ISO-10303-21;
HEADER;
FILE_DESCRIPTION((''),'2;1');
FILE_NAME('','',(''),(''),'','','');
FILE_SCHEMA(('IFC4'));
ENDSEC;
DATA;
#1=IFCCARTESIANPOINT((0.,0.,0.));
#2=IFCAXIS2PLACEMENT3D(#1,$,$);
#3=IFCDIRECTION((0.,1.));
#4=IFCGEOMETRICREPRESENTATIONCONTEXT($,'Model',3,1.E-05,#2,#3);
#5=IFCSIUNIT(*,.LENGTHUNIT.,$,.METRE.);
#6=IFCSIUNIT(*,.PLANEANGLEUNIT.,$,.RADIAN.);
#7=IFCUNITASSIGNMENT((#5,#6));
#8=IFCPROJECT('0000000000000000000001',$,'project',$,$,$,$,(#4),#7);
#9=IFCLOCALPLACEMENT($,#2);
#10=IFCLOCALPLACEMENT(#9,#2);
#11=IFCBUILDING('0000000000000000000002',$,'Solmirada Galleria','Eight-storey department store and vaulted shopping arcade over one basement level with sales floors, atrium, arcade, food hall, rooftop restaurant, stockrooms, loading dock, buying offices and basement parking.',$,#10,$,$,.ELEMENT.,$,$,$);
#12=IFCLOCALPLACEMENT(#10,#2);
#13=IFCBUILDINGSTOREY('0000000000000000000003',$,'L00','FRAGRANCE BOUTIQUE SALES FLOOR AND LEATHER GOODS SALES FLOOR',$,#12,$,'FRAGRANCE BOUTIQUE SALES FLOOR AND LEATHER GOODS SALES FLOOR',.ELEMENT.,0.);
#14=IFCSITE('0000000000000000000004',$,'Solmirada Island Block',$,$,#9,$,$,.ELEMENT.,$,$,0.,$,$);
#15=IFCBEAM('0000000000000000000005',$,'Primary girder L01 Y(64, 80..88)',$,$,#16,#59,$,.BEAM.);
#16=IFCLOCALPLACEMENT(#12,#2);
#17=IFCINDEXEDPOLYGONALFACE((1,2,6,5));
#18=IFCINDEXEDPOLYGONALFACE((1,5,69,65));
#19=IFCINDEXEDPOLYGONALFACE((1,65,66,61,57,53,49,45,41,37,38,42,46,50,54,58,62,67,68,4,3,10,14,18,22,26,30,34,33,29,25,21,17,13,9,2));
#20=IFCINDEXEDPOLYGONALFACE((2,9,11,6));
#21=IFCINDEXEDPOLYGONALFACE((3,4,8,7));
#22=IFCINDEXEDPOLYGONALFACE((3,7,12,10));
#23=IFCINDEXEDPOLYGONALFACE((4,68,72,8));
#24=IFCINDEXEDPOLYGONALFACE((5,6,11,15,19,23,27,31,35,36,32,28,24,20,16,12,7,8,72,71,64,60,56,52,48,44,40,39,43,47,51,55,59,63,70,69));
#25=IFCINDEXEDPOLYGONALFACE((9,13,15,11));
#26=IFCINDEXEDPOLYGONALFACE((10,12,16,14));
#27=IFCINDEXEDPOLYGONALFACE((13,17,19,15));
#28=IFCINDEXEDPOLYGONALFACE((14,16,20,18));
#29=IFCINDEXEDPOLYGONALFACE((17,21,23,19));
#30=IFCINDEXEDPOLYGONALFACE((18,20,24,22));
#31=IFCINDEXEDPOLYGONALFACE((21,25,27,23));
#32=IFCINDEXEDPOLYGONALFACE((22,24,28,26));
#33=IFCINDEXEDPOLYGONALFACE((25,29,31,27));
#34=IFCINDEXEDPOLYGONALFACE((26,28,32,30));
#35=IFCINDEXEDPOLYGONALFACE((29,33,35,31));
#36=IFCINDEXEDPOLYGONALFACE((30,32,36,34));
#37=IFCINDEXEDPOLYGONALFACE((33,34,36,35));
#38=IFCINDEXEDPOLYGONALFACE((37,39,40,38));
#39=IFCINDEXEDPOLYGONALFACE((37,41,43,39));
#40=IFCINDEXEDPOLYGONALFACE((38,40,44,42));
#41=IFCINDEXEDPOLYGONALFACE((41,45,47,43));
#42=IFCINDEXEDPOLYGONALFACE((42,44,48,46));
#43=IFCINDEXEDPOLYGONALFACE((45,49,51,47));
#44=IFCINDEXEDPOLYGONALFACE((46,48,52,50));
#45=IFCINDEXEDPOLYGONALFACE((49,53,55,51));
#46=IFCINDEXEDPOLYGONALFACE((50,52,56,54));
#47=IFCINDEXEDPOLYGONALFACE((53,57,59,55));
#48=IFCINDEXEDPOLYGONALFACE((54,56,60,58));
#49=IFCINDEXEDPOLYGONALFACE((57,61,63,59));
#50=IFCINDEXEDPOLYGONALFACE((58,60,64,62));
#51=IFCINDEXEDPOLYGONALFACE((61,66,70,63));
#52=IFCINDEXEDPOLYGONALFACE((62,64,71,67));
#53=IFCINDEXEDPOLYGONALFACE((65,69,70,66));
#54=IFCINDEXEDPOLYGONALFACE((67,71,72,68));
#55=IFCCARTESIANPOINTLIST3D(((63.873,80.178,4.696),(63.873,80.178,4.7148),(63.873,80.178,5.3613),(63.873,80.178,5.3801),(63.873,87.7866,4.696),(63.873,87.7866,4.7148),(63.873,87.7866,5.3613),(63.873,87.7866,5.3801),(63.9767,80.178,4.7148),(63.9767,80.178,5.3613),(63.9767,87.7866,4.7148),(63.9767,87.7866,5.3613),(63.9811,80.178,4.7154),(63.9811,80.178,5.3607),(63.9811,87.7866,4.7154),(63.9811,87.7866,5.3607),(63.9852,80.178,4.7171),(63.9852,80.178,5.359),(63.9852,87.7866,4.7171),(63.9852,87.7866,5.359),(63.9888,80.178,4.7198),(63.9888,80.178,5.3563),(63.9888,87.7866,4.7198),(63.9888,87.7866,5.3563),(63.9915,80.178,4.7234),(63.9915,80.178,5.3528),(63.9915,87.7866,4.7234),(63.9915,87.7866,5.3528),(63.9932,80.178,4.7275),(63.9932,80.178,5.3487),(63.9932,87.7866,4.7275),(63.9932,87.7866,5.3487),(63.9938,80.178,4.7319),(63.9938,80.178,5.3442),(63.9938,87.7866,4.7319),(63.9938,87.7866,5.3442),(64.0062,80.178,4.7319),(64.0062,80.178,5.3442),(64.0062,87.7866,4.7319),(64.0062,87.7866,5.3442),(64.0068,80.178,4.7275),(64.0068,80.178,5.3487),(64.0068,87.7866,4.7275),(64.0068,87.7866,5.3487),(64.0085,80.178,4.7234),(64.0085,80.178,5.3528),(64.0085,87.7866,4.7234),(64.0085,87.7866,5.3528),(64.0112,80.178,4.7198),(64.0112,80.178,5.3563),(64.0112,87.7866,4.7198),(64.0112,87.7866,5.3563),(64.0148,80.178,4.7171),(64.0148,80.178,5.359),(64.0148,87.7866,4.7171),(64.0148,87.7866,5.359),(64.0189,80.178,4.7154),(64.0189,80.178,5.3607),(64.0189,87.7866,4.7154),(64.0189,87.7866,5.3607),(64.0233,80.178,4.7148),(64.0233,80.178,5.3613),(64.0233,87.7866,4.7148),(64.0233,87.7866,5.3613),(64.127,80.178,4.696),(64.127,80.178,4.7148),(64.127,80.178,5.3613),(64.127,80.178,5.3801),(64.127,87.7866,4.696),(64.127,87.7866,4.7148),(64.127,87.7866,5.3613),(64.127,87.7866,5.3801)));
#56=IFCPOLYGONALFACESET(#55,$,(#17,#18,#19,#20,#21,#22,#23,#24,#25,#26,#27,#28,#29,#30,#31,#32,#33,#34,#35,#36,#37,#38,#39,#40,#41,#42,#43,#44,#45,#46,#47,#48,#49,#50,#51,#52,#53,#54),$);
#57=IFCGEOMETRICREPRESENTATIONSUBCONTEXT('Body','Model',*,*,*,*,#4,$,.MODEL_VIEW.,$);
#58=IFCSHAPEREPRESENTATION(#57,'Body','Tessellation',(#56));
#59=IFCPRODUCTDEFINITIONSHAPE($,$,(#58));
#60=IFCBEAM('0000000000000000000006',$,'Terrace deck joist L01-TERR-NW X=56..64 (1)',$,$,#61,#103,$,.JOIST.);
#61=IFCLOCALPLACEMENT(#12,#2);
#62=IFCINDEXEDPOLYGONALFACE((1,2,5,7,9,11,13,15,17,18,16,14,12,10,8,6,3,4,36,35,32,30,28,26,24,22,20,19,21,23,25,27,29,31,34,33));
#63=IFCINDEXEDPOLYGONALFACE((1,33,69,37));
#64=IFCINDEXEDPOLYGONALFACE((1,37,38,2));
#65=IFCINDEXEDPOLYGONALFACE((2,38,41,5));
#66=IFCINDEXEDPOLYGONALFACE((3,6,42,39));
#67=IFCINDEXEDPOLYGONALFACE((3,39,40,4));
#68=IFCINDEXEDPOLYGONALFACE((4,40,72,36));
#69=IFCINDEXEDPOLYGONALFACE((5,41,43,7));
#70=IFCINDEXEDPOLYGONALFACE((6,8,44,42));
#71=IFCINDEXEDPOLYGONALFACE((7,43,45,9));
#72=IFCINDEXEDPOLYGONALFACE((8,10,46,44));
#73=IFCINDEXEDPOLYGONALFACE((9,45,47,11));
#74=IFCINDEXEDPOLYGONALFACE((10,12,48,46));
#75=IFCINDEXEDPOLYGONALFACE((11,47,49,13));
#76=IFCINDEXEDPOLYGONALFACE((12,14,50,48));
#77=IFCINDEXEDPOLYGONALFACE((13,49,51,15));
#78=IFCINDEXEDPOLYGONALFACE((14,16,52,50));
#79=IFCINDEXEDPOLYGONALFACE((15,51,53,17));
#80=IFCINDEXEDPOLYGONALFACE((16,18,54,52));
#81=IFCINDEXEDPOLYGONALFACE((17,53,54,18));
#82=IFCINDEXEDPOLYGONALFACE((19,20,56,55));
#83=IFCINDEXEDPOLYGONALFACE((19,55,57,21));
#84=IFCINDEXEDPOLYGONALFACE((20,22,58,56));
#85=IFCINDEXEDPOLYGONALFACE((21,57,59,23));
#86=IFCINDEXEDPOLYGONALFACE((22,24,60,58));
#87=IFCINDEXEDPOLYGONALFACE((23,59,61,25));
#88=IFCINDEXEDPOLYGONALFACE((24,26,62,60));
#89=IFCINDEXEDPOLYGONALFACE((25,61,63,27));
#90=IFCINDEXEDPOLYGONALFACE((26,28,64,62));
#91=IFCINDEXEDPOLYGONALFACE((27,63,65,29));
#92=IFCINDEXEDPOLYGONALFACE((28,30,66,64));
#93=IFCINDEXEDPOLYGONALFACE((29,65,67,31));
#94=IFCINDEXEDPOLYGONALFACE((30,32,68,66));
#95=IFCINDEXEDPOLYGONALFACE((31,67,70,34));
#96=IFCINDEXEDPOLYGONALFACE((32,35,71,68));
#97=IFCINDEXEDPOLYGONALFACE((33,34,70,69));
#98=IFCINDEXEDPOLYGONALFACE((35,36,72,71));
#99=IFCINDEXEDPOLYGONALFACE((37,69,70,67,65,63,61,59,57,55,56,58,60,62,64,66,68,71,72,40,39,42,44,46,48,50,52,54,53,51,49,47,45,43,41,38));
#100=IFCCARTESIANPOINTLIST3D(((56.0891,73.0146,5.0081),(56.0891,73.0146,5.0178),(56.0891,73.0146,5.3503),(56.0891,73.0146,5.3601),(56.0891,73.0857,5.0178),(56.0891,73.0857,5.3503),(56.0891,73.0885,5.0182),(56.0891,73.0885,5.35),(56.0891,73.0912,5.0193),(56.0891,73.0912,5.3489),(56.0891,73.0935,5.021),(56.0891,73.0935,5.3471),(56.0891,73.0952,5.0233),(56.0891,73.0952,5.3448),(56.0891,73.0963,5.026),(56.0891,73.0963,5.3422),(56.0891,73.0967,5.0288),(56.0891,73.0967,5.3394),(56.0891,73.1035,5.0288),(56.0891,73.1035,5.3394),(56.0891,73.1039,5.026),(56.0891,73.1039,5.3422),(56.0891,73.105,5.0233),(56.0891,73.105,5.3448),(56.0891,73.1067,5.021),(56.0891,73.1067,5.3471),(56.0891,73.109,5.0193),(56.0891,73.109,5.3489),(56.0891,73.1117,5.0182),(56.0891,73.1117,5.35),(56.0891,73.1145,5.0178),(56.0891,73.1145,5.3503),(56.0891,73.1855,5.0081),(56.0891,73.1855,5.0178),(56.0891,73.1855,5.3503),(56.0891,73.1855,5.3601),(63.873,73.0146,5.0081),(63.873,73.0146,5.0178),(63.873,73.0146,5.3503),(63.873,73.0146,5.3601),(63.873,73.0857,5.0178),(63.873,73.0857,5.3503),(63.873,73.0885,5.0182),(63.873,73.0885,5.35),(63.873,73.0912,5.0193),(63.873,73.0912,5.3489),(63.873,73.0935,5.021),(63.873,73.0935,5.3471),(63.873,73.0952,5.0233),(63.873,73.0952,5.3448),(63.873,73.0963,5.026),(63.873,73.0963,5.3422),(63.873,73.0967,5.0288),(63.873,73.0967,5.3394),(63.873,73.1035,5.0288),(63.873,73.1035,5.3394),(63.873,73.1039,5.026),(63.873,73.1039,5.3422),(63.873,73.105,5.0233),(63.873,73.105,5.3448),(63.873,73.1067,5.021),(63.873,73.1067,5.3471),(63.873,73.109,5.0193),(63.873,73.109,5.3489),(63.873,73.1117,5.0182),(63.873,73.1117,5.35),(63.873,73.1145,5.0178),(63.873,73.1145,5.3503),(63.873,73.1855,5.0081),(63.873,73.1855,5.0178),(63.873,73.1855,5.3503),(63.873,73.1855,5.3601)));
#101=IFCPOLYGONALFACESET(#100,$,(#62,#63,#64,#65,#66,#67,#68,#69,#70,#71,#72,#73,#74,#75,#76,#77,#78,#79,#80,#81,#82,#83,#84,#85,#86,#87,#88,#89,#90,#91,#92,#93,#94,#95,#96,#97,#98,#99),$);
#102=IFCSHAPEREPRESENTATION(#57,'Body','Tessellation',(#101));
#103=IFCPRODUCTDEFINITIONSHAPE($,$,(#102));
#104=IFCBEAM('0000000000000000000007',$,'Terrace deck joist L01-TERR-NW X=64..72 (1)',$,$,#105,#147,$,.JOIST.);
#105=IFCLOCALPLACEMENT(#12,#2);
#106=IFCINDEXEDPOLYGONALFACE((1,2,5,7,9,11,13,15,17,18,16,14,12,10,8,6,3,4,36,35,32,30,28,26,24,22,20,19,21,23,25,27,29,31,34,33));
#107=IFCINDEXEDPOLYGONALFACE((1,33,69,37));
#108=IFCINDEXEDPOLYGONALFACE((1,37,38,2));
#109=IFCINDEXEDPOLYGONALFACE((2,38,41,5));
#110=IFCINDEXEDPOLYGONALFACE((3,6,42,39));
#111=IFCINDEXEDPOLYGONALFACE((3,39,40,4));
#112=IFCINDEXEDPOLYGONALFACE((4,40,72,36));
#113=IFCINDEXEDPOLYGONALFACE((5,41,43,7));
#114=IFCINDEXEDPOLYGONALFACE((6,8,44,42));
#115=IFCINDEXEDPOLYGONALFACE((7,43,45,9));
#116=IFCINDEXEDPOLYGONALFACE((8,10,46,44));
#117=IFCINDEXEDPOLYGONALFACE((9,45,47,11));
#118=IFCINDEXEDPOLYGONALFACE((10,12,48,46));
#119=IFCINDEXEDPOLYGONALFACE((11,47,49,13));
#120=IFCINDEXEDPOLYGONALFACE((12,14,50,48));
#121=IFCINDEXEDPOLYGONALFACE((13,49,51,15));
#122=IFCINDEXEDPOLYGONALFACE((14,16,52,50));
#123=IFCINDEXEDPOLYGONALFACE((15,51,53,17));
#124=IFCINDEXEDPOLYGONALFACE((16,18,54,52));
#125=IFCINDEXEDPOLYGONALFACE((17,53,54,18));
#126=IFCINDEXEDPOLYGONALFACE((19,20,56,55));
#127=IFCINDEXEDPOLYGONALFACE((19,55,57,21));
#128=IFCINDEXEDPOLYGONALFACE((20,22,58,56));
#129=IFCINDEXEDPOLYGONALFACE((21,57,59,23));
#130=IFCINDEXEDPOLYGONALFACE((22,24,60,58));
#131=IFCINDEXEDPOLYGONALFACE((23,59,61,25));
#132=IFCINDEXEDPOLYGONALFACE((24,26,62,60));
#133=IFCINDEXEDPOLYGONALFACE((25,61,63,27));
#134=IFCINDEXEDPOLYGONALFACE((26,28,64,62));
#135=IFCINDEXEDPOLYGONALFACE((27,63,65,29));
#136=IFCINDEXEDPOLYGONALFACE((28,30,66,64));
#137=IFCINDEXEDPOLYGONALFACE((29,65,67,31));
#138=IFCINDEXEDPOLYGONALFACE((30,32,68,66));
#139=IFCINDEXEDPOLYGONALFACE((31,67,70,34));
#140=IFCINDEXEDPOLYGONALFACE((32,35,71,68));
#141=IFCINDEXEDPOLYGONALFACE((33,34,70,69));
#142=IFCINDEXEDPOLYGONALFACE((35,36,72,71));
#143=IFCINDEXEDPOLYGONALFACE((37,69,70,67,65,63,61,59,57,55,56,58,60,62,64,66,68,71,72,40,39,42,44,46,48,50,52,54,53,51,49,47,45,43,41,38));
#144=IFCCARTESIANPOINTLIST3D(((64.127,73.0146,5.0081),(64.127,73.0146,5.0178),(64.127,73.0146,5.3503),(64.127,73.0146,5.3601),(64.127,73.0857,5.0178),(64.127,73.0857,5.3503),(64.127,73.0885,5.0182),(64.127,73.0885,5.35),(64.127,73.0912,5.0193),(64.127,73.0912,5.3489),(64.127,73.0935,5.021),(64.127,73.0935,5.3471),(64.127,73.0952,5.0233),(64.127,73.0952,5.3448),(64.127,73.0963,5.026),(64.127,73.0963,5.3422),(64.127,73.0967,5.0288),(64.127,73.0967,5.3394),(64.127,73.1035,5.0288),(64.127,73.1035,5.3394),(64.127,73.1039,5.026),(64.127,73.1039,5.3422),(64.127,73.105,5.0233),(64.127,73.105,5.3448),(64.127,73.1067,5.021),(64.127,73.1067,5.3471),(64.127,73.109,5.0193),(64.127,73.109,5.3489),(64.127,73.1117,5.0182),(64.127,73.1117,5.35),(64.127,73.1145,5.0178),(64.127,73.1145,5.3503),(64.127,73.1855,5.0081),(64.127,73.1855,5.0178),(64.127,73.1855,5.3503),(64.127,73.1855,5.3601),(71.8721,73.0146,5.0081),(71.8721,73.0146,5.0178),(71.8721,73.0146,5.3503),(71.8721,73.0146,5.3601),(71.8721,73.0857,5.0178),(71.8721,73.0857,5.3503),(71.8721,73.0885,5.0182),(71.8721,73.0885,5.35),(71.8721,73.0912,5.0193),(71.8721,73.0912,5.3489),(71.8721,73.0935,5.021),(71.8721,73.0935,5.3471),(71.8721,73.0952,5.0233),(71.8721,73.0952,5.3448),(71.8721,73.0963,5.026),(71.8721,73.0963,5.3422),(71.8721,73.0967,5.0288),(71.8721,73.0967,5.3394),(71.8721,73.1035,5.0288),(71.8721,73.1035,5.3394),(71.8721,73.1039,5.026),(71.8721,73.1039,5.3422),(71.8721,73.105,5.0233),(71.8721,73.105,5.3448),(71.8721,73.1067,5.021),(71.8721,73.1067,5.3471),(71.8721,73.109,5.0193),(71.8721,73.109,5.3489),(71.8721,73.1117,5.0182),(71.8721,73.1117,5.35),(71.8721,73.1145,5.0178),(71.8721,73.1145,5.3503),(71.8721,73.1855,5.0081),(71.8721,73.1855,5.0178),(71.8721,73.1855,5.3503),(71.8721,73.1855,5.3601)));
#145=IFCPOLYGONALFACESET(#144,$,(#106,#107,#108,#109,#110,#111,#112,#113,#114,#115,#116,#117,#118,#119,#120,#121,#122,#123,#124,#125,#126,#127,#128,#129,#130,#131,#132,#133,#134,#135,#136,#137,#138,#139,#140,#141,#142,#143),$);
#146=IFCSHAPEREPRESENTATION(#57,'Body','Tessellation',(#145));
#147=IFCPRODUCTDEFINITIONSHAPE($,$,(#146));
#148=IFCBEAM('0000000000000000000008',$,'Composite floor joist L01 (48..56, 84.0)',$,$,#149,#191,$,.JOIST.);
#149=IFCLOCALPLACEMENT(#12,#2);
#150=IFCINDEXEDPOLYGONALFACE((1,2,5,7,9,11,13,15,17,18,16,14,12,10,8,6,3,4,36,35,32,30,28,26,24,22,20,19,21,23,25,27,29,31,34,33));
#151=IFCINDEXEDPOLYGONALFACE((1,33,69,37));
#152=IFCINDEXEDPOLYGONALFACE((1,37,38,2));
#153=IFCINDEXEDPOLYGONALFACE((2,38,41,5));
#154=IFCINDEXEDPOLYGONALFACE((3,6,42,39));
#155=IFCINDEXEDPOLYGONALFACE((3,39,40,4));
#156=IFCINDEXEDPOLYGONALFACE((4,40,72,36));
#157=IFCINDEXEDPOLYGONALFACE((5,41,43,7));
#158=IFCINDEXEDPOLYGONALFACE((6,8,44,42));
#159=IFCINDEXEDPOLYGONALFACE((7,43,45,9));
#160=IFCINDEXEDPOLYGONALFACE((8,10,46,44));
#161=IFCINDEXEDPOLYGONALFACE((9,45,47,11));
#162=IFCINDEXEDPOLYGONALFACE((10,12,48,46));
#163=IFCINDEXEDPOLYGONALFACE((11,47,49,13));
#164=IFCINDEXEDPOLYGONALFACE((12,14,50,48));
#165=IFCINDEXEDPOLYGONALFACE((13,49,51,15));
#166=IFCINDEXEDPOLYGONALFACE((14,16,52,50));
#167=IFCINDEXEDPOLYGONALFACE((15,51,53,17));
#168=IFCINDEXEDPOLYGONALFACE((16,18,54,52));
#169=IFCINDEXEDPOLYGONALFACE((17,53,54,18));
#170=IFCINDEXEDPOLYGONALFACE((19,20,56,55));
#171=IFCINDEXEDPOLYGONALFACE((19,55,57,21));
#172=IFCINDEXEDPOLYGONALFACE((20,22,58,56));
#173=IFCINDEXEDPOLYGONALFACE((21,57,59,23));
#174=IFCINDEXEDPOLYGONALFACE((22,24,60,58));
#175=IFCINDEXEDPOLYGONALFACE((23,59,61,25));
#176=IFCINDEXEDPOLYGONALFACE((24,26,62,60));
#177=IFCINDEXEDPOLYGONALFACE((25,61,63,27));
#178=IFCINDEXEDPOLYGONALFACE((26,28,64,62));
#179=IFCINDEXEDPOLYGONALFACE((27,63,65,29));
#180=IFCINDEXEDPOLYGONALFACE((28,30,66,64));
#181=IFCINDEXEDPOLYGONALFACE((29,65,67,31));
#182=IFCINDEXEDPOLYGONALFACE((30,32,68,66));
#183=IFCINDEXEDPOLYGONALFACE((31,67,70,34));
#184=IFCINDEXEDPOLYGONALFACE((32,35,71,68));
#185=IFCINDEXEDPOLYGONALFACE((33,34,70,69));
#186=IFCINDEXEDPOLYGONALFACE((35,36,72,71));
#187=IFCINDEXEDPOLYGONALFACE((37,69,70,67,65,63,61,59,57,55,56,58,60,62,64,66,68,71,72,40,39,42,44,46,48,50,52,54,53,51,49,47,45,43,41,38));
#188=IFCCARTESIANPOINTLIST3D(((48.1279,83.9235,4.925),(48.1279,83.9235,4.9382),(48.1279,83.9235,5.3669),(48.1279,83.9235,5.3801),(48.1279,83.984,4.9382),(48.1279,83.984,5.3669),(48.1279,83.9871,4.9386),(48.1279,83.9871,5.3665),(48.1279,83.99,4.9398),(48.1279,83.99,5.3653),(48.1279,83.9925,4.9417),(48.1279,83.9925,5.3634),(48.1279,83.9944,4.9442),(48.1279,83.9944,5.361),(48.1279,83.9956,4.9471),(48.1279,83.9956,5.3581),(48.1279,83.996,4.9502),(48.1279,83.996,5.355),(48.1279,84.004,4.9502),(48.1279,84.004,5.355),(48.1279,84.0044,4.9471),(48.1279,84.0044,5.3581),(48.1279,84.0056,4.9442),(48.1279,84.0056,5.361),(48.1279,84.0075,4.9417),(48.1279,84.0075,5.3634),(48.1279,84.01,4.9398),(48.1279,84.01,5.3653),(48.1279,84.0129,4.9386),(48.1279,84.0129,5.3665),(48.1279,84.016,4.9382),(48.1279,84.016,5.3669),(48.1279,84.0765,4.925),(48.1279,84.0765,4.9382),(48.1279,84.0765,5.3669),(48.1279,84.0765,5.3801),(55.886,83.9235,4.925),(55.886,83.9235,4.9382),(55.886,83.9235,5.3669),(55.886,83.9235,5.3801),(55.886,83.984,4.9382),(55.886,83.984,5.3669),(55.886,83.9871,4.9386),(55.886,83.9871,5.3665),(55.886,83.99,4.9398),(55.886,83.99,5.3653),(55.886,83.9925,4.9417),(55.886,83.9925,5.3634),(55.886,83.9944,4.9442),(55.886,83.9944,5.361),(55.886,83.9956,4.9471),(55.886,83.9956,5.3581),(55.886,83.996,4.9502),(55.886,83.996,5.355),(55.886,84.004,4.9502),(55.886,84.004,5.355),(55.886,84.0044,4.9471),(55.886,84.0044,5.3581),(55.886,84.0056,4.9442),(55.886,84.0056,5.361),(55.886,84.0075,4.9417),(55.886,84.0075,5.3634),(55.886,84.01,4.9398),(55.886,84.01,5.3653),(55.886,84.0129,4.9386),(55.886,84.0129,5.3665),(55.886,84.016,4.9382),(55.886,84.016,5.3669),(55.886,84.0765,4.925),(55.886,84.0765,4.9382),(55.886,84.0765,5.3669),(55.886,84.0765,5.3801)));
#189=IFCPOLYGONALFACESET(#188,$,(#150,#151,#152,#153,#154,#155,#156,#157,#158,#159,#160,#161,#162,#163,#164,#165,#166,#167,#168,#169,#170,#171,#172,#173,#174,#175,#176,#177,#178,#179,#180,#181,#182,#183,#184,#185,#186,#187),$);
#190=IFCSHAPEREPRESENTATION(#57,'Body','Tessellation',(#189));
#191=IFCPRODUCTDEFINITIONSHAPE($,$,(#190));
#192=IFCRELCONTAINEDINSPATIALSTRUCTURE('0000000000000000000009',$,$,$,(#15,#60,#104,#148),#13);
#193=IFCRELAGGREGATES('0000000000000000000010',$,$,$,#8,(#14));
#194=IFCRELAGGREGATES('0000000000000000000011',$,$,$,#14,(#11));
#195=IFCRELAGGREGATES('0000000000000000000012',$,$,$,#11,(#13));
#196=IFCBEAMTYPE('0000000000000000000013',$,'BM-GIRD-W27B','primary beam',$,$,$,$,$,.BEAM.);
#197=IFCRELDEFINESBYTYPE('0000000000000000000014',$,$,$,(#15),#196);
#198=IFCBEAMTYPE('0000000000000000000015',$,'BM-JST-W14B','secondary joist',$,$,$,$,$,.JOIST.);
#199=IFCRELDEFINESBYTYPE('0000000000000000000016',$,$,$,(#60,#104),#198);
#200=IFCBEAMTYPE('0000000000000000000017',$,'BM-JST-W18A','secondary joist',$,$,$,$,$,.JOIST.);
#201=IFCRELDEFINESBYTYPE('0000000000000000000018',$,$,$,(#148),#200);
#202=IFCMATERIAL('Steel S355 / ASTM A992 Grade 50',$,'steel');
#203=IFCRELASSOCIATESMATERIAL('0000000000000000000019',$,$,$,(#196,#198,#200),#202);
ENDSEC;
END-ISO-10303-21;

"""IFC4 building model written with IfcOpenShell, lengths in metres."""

from ifc_helpers import new_model, si_unit, direction, frame, origin, origin_2d, place, context, subcontext, project, spatial, i_section, extrude, material, material_profile, profile_set, type_object, element, save


model = new_model("IFC4")

# Units and contexts
model_context = context("Model", 3, precision=1e-05, world=origin(), true_north=direction((0.0, 1.0)))
body_context = subcontext(model_context, "Body", "Model", "MODEL_VIEW")
ifc_project = project(units=[si_unit("LENGTHUNIT", "METRE"), si_unit("PLANEANGLEUNIT", "RADIAN")], contexts=[model_context])

# Site, building, storey
site_placement = place(None, origin())
site = spatial("IfcSite", under=ifc_project, at=site_placement, Name="Solmirada Island Block", CompositionType="ELEMENT", RefElevation=0.0)
building_placement = place(site_placement, origin())
building = spatial("IfcBuilding", under=site, at=building_placement, Name="Solmirada Galleria", Description="Eight-storey department store and vaulted shopping arcade over one basement level with sales floors, atrium, arcade, food hall, rooftop restaurant, stockrooms, loading dock, buying offices and basement parking.", CompositionType="ELEMENT")
storey_placement = place(building_placement, origin())
storey = spatial("IfcBuildingStorey", under=building, at=storey_placement, Name="L00", Description="FRAGRANCE BOUTIQUE SALES FLOOR AND LEATHER GOODS SALES FLOOR", LongName="FRAGRANCE BOUTIQUE SALES FLOOR AND LEATHER GOODS SALES FLOOR", CompositionType="ELEMENT", Elevation=0.0)

# Beams
ifc_material_1 = material(Name="Steel S355 / ASTM A992 Grade 50", Category="steel")
ifc_material_profile_1 = material_profile(ifc_material_1, i_section(OverallWidth=0.2539, OverallDepth=0.6841, WebThickness=0.0125, FlangeThickness=0.0188, FilletRadius=0.0171, at=origin_2d()), Name="W27X94")
ifc_profile_set_1 = profile_set([ifc_material_profile_1], Name="Steel S355 / ASTM A992 Grade 50")
beam_type_1 = type_object("IfcBeamType", Name="BM-GIRD-W27B", Description="primary beam", PredefinedType="BEAM", material=ifc_profile_set_1)
beam_1_placement = place(storey_placement, frame((64.0, 80.178, 5.0381), z_axis=(0.0, 1.0, 0.0), x_axis=(-1.0, 0.0, 0.0)))
element("IfcBeam", 1, at=beam_1_placement, inside=storey, type_object=beam_type_1, Name="Primary girder L01 Y(64, 80..88)", PredefinedType="BEAM", context=body_context, shape_type="SweptSolid", body=[
    extrude(i_section(OverallWidth=0.2539, OverallDepth=0.6841, WebThickness=0.0125, FlangeThickness=0.0188, FilletRadius=0.0171, at=origin_2d()), origin(), (0.0, 0.0, 1.0), 7.6086),
])
ifc_material_profile_2 = material_profile(ifc_material_1, i_section(OverallWidth=0.1709, OverallDepth=0.3521, WebThickness=0.0068, FlangeThickness=0.0098, FilletRadius=0.011, at=origin_2d()), Name="W14X30")
ifc_profile_set_2 = profile_set([ifc_material_profile_2], Name="Steel S355 / ASTM A992 Grade 50")
beam_type_2 = type_object("IfcBeamType", Name="BM-JST-W14B", Description="secondary joist", PredefinedType="JOIST", material=ifc_profile_set_2)
beam_2_placement = place(storey_placement, frame((56.0891, 73.1001, 5.1841), z_axis=(1.0, 0.0, 0.0), x_axis=(0.0, 1.0, 0.0)))
element("IfcBeam", 2, at=beam_2_placement, inside=storey, type_object=beam_type_2, Name="Terrace deck joist L01-TERR-NW X=56..64 (1)", PredefinedType="JOIST", context=body_context, shape_type="SweptSolid", body=[
    extrude(i_section(OverallWidth=0.1709, OverallDepth=0.3521, WebThickness=0.0068, FlangeThickness=0.0098, FilletRadius=0.011, at=origin_2d()), origin(), (0.0, 0.0, 1.0), 7.7839),
])
beam_3_placement = place(storey_placement, frame((64.127, 73.1001, 5.1841), z_axis=(1.0, 0.0, 0.0), x_axis=(0.0, 1.0, 0.0)))
element("IfcBeam", 3, at=beam_3_placement, inside=storey, type_object=beam_type_2, Name="Terrace deck joist L01-TERR-NW X=64..72 (1)", PredefinedType="JOIST", context=body_context, shape_type="SweptSolid", body=[
    extrude(i_section(OverallWidth=0.1709, OverallDepth=0.3521, WebThickness=0.0068, FlangeThickness=0.0098, FilletRadius=0.011, at=origin_2d()), origin(), (0.0, 0.0, 1.0), 7.7451),
])
ifc_material_profile_3 = material_profile(ifc_material_1, i_section(OverallWidth=0.1531, OverallDepth=0.4551, WebThickness=0.0081, FlangeThickness=0.0132, FilletRadius=0.012, at=origin_2d()), Name="W18X40")
ifc_profile_set_3 = profile_set([ifc_material_profile_3], Name="Steel S355 / ASTM A992 Grade 50")
beam_type_3 = type_object("IfcBeamType", Name="BM-JST-W18A", Description="secondary joist", PredefinedType="JOIST", material=ifc_profile_set_3)
beam_4_placement = place(storey_placement, frame((48.1279, 84.0, 5.1526), z_axis=(1.0, 0.0, 0.0), x_axis=(0.0, 1.0, 0.0)))
element("IfcBeam", 4, at=beam_4_placement, inside=storey, type_object=beam_type_3, Name="Composite floor joist L01 (48..56, 84.0)", PredefinedType="JOIST", context=body_context, shape_type="SweptSolid", body=[
    extrude(i_section(OverallWidth=0.1531, OverallDepth=0.4551, WebThickness=0.0081, FlangeThickness=0.0132, FilletRadius=0.012, at=origin_2d()), origin(), (0.0, 0.0, 1.0), 7.7581),
])

save(model, "model.ifc")
